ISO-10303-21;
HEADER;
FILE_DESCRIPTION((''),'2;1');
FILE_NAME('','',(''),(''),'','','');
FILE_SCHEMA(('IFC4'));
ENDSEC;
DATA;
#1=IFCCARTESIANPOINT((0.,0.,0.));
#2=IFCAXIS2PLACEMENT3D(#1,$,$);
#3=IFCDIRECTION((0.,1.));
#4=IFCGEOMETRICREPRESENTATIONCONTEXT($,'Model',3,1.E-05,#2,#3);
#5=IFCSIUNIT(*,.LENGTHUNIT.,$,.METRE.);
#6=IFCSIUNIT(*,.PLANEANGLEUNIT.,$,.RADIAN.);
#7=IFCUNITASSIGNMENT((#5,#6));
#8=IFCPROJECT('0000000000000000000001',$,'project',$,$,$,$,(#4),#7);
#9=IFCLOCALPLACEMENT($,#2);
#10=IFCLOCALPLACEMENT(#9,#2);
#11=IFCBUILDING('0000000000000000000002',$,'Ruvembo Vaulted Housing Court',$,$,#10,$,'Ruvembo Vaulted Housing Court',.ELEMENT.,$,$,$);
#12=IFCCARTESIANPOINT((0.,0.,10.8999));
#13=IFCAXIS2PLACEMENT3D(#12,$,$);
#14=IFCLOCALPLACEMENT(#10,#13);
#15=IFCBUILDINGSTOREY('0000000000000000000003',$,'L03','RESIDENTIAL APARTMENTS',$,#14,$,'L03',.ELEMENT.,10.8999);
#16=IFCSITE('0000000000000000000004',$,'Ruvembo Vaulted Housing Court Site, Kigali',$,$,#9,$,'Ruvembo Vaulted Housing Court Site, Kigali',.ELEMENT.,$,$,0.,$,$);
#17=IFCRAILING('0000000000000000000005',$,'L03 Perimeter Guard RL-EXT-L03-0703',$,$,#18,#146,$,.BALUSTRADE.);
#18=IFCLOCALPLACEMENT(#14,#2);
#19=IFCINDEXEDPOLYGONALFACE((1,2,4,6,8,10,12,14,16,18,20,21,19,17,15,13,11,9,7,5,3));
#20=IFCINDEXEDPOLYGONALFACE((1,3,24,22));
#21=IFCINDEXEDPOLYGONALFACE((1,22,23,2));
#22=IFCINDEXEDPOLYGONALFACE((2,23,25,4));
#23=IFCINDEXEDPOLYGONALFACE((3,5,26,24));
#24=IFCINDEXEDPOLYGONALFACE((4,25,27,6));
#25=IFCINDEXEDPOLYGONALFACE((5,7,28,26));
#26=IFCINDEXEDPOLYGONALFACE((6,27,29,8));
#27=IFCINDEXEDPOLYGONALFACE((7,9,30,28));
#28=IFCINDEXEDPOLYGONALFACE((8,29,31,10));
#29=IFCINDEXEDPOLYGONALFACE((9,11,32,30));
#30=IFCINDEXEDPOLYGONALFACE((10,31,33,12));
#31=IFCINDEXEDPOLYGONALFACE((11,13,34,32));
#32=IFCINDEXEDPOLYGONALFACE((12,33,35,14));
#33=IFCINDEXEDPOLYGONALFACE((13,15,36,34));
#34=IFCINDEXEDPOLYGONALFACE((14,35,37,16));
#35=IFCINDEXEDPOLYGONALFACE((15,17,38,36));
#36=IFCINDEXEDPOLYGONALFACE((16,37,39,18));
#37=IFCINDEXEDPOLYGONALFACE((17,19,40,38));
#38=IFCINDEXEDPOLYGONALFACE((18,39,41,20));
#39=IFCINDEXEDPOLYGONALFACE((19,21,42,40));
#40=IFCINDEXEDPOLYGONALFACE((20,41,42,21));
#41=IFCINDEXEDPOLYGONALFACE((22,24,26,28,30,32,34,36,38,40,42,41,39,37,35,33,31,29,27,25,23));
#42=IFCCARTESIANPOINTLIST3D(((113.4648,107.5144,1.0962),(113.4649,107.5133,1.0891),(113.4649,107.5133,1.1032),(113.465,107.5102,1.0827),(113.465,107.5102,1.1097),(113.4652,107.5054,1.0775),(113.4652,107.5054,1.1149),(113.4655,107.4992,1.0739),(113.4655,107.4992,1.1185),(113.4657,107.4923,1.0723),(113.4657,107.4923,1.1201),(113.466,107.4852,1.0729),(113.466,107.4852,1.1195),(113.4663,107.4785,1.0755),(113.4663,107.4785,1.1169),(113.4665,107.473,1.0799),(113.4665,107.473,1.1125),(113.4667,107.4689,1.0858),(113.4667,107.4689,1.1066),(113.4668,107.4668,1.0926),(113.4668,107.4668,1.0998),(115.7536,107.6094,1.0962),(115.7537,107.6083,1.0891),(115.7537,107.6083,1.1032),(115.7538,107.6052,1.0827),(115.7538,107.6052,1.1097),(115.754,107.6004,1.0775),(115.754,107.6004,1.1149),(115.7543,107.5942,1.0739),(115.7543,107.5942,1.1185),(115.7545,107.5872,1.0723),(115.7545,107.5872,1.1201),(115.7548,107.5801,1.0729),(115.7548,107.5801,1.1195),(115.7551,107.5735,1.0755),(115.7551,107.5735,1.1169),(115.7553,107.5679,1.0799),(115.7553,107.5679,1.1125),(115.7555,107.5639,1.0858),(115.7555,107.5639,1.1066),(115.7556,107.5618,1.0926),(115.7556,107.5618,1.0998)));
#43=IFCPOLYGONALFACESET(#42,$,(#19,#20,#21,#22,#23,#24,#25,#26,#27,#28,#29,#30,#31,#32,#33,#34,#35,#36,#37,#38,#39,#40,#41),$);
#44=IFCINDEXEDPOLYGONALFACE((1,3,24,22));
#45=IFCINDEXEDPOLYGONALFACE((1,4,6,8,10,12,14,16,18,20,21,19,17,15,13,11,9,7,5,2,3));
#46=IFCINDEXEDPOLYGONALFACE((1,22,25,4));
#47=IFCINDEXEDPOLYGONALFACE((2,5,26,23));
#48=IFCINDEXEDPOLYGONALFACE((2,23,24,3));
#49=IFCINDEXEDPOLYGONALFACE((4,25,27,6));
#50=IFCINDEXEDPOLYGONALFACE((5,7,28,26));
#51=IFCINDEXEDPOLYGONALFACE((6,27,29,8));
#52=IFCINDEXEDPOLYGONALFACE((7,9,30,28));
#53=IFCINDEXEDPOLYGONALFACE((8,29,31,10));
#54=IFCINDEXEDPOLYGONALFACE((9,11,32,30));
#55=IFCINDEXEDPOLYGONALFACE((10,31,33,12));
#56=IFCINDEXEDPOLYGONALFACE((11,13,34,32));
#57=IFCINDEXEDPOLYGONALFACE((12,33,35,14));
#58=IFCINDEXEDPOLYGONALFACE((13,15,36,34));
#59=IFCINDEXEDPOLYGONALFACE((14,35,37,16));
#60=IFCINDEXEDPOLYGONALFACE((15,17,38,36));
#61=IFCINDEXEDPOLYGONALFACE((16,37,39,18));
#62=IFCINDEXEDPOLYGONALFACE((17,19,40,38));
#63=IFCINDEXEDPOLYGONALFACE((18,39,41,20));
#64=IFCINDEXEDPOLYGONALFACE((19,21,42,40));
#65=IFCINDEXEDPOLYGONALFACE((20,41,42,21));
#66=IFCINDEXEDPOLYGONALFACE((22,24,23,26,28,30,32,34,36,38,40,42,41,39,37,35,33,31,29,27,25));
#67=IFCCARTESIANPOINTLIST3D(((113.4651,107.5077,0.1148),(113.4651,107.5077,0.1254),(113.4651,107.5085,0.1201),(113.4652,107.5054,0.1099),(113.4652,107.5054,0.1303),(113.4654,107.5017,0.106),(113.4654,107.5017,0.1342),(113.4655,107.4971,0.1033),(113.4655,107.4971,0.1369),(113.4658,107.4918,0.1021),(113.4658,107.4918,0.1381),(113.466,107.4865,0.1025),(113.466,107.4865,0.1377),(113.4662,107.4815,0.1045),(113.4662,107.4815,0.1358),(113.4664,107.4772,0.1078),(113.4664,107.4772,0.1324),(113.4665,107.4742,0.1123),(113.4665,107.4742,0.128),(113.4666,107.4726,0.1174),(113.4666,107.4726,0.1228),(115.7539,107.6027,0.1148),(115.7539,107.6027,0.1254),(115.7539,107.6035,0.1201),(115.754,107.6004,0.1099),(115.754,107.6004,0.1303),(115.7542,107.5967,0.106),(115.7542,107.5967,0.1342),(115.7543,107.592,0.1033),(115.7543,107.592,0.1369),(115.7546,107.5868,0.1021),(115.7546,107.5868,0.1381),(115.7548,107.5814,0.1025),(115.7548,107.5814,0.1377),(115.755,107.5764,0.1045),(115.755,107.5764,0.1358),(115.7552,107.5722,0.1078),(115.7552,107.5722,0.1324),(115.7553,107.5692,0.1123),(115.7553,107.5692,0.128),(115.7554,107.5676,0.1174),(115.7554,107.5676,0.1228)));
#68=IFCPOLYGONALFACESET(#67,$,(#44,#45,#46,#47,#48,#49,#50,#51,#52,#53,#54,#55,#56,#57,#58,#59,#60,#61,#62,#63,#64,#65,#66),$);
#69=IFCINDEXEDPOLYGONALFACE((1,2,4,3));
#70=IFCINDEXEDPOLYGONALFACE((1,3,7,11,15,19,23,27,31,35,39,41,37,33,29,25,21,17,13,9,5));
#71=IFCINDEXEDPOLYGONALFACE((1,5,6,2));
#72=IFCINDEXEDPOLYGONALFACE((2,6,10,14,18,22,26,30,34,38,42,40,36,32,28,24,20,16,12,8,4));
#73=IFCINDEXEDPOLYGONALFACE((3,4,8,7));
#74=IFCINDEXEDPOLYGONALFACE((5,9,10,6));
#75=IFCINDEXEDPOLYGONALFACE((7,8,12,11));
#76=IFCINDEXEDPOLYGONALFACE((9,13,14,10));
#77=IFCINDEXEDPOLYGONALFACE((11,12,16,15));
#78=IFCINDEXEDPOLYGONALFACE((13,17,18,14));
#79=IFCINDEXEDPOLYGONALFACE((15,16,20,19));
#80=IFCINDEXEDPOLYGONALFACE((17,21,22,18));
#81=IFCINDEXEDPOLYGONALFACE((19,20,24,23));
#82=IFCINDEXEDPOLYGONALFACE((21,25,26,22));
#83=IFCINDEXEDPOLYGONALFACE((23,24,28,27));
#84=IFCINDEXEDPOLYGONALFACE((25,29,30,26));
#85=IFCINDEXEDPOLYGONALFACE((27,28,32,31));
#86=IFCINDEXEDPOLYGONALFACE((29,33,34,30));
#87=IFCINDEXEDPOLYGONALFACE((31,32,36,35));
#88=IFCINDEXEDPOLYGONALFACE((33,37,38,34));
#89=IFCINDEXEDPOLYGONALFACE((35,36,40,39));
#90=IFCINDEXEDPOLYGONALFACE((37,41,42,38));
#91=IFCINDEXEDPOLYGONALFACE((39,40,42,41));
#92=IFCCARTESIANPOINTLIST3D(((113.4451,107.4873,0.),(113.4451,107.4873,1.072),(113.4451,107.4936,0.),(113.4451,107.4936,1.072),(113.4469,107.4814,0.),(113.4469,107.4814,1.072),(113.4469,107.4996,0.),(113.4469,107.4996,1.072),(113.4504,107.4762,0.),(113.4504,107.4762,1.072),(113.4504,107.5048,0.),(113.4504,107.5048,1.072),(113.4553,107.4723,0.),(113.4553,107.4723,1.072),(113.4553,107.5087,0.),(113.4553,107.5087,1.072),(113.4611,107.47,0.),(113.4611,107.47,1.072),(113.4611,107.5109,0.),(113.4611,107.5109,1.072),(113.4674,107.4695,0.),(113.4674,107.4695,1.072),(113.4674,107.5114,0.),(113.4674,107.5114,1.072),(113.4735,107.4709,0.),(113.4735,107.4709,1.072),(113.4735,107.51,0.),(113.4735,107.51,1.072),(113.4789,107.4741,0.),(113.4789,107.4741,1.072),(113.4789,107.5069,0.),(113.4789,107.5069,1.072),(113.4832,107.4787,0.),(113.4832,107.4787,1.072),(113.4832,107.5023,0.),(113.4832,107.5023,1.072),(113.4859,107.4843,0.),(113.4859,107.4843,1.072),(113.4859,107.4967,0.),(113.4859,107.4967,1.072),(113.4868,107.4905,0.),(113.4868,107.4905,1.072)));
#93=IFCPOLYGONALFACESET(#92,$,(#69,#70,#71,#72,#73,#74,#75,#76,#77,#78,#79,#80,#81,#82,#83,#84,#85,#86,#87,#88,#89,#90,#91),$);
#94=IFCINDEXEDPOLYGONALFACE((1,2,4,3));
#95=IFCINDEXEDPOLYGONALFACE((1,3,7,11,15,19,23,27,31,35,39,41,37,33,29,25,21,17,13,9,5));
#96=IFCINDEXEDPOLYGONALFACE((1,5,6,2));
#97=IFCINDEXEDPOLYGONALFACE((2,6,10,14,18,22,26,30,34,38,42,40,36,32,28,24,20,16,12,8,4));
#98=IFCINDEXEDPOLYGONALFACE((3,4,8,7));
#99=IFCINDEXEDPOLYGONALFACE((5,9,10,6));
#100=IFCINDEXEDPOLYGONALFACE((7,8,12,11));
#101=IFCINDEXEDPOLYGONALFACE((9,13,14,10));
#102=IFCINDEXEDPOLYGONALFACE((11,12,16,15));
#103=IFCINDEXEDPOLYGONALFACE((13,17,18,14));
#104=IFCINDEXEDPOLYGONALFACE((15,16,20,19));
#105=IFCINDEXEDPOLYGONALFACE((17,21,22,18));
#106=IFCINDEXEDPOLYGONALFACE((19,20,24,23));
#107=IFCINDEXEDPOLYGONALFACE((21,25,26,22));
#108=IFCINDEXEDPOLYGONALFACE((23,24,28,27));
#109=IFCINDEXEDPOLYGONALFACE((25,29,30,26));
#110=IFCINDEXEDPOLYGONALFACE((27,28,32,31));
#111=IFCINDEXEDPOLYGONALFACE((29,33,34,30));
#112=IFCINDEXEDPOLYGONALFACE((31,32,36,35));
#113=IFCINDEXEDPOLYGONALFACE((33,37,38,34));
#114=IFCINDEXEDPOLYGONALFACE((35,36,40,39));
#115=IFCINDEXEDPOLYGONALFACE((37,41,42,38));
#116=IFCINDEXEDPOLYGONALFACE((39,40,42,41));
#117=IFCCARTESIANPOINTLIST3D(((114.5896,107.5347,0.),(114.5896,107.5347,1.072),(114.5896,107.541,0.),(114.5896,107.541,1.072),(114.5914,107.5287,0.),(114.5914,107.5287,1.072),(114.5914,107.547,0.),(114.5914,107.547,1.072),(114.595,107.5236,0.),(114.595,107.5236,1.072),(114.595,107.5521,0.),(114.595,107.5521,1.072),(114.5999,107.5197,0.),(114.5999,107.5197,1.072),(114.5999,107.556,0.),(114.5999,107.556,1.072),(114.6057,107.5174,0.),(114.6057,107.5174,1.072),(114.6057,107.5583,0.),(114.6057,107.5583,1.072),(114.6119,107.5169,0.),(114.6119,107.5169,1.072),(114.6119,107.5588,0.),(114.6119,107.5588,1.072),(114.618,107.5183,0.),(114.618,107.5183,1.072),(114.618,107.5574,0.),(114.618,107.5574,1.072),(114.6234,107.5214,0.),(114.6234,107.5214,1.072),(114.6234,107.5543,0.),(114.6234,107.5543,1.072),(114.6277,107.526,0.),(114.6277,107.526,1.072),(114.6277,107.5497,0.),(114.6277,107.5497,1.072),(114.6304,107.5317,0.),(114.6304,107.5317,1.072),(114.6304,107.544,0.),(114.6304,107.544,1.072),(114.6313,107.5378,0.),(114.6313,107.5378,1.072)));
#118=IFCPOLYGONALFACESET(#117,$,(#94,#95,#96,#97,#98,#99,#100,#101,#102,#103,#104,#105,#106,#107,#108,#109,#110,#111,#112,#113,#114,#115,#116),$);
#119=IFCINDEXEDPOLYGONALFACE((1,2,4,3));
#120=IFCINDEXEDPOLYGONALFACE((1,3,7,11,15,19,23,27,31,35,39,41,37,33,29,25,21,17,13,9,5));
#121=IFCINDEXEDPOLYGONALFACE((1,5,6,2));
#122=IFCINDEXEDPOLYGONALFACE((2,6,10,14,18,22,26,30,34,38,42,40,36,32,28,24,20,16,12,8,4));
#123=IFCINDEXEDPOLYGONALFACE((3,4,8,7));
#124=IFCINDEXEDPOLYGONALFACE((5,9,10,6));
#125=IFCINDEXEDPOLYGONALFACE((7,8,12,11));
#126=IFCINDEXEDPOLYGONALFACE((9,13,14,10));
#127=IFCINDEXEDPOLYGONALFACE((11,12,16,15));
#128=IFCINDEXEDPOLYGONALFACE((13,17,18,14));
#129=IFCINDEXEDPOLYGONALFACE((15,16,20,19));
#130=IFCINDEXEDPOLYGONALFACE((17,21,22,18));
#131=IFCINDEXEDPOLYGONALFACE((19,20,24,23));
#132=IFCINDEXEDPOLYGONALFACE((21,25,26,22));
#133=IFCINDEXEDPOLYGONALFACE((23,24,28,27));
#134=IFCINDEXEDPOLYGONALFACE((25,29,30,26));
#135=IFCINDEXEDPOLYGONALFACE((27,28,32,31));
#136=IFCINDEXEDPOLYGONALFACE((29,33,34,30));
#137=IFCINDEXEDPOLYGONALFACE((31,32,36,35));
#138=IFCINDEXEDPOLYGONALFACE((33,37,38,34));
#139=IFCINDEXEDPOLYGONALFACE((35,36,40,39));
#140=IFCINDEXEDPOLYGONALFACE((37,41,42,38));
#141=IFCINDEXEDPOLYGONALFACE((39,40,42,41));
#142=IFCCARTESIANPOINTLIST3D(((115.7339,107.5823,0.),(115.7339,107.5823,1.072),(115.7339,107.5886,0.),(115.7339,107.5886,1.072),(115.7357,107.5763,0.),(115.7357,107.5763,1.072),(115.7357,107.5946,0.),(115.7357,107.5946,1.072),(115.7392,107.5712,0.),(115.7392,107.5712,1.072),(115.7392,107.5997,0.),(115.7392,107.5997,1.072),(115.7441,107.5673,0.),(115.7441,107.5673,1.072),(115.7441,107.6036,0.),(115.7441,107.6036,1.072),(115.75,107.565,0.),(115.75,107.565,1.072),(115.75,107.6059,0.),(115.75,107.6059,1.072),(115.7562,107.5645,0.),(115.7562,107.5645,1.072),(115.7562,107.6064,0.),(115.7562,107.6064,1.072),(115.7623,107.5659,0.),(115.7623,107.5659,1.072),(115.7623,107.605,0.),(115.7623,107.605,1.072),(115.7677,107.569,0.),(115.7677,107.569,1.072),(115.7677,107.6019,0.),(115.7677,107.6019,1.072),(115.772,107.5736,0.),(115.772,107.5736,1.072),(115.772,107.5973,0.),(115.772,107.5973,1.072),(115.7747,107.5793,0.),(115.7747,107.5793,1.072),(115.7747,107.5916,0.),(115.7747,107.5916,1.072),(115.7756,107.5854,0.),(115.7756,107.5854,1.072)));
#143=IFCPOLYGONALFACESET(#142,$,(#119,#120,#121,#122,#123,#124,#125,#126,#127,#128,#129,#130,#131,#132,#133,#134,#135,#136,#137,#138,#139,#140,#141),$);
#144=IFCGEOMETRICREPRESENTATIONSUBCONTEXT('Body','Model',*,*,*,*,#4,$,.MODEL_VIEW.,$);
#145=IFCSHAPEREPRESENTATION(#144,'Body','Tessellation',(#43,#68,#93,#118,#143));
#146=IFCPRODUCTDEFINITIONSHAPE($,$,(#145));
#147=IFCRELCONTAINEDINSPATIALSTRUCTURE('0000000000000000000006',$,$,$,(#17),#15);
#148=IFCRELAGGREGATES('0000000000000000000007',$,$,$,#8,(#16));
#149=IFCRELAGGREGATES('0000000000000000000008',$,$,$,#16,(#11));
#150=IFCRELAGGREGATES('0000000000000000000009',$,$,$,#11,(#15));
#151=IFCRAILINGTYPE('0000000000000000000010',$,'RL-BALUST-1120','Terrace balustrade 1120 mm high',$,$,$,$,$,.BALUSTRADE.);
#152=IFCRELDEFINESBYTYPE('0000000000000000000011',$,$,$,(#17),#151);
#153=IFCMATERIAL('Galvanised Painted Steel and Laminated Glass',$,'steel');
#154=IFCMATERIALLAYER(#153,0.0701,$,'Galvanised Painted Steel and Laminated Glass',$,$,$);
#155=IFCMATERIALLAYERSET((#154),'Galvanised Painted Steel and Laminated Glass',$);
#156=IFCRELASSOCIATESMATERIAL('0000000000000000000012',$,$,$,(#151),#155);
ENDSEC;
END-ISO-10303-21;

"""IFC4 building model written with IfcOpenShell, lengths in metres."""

from ifc_helpers import new_model, si_unit, direction, frame, origin, origin_2d, place, context, subcontext, project, spatial, circle, extrude, material, layer, layer_set, type_object, element, save


model = new_model("IFC4")

# Units and contexts
model_context = context("Model", 3, precision=1e-05, world=origin(), true_north=direction((0.0, 1.0)))
body_context = subcontext(model_context, "Body", "Model", "MODEL_VIEW")
ifc_project = project(units=[si_unit("LENGTHUNIT", "METRE"), si_unit("PLANEANGLEUNIT", "RADIAN")], contexts=[model_context])

# Site, building, storey
site_placement = place(None, origin())
site = spatial("IfcSite", under=ifc_project, at=site_placement, Name="Ruvembo Vaulted Housing Court Site, Kigali", LongName="Ruvembo Vaulted Housing Court Site, Kigali", CompositionType="ELEMENT", RefElevation=0.0)
building_placement = place(site_placement, origin())
building = spatial("IfcBuilding", under=site, at=building_placement, Name="Ruvembo Vaulted Housing Court", LongName="Ruvembo Vaulted Housing Court", CompositionType="ELEMENT")
storey_placement = place(building_placement, frame((0.0, 0.0, 10.8999)))
storey = spatial("IfcBuildingStorey", under=building, at=storey_placement, Name="L03", Description="RESIDENTIAL APARTMENTS", LongName="L03", CompositionType="ELEMENT", Elevation=10.8999)

# Railing
ifc_material_1 = material(Name="Galvanised Painted Steel and Laminated Glass", Category="steel")
ifc_layer_1 = layer(ifc_material_1, 0.0701, Name="Galvanised Painted Steel and Laminated Glass")
ifc_layer_set_1 = layer_set([ifc_layer_1], Name="Galvanised Painted Steel and Laminated Glass")
railing_type = type_object("IfcRailingType", Name="RL-BALUST-1120", Description="Terrace balustrade 1120 mm high", PredefinedType="BALUSTRADE", material=ifc_layer_set_1)
railing_1_placement = place(storey_placement, frame((113.4658, 107.4905, 0.0)))
element("IfcRailing", 1, at=railing_1_placement, inside=storey, type_object=railing_type, Name="L03 Perimeter Guard RL-EXT-L03-0703", PredefinedType="BALUSTRADE", context=body_context, shape_type="SweptSolid", body=[
    extrude(circle(Radius=0.0239, at=origin_2d()), frame((0.0, 0.0, 1.0962), z_axis=(0.99914, 0.041458, 0.0), x_axis=(-0.041458, 0.99914, 0.0)), (0.0, 0.0, 1.0), 2.2908),
    extrude(circle(Radius=0.0181, at=origin_2d()), frame((0.0, 0.0, 0.1201), z_axis=(0.99914, 0.041458, 0.0), x_axis=(-0.041458, 0.99914, 0.0)), (0.0, 0.0, 1.0), 2.2908),
    extrude(circle(Radius=0.021, at=origin_2d()), origin(), (0.0, 0.0, 1.0), 1.072),
    extrude(circle(Radius=0.021, at=origin_2d()), frame((1.1445, 0.0474, 0.0)), (0.0, 0.0, 1.0), 1.072),
    extrude(circle(Radius=0.021, at=origin_2d()), frame((2.2888, 0.095, 0.0)), (0.0, 0.0, 1.0), 1.072),
])

save(model, "model.ifc")
